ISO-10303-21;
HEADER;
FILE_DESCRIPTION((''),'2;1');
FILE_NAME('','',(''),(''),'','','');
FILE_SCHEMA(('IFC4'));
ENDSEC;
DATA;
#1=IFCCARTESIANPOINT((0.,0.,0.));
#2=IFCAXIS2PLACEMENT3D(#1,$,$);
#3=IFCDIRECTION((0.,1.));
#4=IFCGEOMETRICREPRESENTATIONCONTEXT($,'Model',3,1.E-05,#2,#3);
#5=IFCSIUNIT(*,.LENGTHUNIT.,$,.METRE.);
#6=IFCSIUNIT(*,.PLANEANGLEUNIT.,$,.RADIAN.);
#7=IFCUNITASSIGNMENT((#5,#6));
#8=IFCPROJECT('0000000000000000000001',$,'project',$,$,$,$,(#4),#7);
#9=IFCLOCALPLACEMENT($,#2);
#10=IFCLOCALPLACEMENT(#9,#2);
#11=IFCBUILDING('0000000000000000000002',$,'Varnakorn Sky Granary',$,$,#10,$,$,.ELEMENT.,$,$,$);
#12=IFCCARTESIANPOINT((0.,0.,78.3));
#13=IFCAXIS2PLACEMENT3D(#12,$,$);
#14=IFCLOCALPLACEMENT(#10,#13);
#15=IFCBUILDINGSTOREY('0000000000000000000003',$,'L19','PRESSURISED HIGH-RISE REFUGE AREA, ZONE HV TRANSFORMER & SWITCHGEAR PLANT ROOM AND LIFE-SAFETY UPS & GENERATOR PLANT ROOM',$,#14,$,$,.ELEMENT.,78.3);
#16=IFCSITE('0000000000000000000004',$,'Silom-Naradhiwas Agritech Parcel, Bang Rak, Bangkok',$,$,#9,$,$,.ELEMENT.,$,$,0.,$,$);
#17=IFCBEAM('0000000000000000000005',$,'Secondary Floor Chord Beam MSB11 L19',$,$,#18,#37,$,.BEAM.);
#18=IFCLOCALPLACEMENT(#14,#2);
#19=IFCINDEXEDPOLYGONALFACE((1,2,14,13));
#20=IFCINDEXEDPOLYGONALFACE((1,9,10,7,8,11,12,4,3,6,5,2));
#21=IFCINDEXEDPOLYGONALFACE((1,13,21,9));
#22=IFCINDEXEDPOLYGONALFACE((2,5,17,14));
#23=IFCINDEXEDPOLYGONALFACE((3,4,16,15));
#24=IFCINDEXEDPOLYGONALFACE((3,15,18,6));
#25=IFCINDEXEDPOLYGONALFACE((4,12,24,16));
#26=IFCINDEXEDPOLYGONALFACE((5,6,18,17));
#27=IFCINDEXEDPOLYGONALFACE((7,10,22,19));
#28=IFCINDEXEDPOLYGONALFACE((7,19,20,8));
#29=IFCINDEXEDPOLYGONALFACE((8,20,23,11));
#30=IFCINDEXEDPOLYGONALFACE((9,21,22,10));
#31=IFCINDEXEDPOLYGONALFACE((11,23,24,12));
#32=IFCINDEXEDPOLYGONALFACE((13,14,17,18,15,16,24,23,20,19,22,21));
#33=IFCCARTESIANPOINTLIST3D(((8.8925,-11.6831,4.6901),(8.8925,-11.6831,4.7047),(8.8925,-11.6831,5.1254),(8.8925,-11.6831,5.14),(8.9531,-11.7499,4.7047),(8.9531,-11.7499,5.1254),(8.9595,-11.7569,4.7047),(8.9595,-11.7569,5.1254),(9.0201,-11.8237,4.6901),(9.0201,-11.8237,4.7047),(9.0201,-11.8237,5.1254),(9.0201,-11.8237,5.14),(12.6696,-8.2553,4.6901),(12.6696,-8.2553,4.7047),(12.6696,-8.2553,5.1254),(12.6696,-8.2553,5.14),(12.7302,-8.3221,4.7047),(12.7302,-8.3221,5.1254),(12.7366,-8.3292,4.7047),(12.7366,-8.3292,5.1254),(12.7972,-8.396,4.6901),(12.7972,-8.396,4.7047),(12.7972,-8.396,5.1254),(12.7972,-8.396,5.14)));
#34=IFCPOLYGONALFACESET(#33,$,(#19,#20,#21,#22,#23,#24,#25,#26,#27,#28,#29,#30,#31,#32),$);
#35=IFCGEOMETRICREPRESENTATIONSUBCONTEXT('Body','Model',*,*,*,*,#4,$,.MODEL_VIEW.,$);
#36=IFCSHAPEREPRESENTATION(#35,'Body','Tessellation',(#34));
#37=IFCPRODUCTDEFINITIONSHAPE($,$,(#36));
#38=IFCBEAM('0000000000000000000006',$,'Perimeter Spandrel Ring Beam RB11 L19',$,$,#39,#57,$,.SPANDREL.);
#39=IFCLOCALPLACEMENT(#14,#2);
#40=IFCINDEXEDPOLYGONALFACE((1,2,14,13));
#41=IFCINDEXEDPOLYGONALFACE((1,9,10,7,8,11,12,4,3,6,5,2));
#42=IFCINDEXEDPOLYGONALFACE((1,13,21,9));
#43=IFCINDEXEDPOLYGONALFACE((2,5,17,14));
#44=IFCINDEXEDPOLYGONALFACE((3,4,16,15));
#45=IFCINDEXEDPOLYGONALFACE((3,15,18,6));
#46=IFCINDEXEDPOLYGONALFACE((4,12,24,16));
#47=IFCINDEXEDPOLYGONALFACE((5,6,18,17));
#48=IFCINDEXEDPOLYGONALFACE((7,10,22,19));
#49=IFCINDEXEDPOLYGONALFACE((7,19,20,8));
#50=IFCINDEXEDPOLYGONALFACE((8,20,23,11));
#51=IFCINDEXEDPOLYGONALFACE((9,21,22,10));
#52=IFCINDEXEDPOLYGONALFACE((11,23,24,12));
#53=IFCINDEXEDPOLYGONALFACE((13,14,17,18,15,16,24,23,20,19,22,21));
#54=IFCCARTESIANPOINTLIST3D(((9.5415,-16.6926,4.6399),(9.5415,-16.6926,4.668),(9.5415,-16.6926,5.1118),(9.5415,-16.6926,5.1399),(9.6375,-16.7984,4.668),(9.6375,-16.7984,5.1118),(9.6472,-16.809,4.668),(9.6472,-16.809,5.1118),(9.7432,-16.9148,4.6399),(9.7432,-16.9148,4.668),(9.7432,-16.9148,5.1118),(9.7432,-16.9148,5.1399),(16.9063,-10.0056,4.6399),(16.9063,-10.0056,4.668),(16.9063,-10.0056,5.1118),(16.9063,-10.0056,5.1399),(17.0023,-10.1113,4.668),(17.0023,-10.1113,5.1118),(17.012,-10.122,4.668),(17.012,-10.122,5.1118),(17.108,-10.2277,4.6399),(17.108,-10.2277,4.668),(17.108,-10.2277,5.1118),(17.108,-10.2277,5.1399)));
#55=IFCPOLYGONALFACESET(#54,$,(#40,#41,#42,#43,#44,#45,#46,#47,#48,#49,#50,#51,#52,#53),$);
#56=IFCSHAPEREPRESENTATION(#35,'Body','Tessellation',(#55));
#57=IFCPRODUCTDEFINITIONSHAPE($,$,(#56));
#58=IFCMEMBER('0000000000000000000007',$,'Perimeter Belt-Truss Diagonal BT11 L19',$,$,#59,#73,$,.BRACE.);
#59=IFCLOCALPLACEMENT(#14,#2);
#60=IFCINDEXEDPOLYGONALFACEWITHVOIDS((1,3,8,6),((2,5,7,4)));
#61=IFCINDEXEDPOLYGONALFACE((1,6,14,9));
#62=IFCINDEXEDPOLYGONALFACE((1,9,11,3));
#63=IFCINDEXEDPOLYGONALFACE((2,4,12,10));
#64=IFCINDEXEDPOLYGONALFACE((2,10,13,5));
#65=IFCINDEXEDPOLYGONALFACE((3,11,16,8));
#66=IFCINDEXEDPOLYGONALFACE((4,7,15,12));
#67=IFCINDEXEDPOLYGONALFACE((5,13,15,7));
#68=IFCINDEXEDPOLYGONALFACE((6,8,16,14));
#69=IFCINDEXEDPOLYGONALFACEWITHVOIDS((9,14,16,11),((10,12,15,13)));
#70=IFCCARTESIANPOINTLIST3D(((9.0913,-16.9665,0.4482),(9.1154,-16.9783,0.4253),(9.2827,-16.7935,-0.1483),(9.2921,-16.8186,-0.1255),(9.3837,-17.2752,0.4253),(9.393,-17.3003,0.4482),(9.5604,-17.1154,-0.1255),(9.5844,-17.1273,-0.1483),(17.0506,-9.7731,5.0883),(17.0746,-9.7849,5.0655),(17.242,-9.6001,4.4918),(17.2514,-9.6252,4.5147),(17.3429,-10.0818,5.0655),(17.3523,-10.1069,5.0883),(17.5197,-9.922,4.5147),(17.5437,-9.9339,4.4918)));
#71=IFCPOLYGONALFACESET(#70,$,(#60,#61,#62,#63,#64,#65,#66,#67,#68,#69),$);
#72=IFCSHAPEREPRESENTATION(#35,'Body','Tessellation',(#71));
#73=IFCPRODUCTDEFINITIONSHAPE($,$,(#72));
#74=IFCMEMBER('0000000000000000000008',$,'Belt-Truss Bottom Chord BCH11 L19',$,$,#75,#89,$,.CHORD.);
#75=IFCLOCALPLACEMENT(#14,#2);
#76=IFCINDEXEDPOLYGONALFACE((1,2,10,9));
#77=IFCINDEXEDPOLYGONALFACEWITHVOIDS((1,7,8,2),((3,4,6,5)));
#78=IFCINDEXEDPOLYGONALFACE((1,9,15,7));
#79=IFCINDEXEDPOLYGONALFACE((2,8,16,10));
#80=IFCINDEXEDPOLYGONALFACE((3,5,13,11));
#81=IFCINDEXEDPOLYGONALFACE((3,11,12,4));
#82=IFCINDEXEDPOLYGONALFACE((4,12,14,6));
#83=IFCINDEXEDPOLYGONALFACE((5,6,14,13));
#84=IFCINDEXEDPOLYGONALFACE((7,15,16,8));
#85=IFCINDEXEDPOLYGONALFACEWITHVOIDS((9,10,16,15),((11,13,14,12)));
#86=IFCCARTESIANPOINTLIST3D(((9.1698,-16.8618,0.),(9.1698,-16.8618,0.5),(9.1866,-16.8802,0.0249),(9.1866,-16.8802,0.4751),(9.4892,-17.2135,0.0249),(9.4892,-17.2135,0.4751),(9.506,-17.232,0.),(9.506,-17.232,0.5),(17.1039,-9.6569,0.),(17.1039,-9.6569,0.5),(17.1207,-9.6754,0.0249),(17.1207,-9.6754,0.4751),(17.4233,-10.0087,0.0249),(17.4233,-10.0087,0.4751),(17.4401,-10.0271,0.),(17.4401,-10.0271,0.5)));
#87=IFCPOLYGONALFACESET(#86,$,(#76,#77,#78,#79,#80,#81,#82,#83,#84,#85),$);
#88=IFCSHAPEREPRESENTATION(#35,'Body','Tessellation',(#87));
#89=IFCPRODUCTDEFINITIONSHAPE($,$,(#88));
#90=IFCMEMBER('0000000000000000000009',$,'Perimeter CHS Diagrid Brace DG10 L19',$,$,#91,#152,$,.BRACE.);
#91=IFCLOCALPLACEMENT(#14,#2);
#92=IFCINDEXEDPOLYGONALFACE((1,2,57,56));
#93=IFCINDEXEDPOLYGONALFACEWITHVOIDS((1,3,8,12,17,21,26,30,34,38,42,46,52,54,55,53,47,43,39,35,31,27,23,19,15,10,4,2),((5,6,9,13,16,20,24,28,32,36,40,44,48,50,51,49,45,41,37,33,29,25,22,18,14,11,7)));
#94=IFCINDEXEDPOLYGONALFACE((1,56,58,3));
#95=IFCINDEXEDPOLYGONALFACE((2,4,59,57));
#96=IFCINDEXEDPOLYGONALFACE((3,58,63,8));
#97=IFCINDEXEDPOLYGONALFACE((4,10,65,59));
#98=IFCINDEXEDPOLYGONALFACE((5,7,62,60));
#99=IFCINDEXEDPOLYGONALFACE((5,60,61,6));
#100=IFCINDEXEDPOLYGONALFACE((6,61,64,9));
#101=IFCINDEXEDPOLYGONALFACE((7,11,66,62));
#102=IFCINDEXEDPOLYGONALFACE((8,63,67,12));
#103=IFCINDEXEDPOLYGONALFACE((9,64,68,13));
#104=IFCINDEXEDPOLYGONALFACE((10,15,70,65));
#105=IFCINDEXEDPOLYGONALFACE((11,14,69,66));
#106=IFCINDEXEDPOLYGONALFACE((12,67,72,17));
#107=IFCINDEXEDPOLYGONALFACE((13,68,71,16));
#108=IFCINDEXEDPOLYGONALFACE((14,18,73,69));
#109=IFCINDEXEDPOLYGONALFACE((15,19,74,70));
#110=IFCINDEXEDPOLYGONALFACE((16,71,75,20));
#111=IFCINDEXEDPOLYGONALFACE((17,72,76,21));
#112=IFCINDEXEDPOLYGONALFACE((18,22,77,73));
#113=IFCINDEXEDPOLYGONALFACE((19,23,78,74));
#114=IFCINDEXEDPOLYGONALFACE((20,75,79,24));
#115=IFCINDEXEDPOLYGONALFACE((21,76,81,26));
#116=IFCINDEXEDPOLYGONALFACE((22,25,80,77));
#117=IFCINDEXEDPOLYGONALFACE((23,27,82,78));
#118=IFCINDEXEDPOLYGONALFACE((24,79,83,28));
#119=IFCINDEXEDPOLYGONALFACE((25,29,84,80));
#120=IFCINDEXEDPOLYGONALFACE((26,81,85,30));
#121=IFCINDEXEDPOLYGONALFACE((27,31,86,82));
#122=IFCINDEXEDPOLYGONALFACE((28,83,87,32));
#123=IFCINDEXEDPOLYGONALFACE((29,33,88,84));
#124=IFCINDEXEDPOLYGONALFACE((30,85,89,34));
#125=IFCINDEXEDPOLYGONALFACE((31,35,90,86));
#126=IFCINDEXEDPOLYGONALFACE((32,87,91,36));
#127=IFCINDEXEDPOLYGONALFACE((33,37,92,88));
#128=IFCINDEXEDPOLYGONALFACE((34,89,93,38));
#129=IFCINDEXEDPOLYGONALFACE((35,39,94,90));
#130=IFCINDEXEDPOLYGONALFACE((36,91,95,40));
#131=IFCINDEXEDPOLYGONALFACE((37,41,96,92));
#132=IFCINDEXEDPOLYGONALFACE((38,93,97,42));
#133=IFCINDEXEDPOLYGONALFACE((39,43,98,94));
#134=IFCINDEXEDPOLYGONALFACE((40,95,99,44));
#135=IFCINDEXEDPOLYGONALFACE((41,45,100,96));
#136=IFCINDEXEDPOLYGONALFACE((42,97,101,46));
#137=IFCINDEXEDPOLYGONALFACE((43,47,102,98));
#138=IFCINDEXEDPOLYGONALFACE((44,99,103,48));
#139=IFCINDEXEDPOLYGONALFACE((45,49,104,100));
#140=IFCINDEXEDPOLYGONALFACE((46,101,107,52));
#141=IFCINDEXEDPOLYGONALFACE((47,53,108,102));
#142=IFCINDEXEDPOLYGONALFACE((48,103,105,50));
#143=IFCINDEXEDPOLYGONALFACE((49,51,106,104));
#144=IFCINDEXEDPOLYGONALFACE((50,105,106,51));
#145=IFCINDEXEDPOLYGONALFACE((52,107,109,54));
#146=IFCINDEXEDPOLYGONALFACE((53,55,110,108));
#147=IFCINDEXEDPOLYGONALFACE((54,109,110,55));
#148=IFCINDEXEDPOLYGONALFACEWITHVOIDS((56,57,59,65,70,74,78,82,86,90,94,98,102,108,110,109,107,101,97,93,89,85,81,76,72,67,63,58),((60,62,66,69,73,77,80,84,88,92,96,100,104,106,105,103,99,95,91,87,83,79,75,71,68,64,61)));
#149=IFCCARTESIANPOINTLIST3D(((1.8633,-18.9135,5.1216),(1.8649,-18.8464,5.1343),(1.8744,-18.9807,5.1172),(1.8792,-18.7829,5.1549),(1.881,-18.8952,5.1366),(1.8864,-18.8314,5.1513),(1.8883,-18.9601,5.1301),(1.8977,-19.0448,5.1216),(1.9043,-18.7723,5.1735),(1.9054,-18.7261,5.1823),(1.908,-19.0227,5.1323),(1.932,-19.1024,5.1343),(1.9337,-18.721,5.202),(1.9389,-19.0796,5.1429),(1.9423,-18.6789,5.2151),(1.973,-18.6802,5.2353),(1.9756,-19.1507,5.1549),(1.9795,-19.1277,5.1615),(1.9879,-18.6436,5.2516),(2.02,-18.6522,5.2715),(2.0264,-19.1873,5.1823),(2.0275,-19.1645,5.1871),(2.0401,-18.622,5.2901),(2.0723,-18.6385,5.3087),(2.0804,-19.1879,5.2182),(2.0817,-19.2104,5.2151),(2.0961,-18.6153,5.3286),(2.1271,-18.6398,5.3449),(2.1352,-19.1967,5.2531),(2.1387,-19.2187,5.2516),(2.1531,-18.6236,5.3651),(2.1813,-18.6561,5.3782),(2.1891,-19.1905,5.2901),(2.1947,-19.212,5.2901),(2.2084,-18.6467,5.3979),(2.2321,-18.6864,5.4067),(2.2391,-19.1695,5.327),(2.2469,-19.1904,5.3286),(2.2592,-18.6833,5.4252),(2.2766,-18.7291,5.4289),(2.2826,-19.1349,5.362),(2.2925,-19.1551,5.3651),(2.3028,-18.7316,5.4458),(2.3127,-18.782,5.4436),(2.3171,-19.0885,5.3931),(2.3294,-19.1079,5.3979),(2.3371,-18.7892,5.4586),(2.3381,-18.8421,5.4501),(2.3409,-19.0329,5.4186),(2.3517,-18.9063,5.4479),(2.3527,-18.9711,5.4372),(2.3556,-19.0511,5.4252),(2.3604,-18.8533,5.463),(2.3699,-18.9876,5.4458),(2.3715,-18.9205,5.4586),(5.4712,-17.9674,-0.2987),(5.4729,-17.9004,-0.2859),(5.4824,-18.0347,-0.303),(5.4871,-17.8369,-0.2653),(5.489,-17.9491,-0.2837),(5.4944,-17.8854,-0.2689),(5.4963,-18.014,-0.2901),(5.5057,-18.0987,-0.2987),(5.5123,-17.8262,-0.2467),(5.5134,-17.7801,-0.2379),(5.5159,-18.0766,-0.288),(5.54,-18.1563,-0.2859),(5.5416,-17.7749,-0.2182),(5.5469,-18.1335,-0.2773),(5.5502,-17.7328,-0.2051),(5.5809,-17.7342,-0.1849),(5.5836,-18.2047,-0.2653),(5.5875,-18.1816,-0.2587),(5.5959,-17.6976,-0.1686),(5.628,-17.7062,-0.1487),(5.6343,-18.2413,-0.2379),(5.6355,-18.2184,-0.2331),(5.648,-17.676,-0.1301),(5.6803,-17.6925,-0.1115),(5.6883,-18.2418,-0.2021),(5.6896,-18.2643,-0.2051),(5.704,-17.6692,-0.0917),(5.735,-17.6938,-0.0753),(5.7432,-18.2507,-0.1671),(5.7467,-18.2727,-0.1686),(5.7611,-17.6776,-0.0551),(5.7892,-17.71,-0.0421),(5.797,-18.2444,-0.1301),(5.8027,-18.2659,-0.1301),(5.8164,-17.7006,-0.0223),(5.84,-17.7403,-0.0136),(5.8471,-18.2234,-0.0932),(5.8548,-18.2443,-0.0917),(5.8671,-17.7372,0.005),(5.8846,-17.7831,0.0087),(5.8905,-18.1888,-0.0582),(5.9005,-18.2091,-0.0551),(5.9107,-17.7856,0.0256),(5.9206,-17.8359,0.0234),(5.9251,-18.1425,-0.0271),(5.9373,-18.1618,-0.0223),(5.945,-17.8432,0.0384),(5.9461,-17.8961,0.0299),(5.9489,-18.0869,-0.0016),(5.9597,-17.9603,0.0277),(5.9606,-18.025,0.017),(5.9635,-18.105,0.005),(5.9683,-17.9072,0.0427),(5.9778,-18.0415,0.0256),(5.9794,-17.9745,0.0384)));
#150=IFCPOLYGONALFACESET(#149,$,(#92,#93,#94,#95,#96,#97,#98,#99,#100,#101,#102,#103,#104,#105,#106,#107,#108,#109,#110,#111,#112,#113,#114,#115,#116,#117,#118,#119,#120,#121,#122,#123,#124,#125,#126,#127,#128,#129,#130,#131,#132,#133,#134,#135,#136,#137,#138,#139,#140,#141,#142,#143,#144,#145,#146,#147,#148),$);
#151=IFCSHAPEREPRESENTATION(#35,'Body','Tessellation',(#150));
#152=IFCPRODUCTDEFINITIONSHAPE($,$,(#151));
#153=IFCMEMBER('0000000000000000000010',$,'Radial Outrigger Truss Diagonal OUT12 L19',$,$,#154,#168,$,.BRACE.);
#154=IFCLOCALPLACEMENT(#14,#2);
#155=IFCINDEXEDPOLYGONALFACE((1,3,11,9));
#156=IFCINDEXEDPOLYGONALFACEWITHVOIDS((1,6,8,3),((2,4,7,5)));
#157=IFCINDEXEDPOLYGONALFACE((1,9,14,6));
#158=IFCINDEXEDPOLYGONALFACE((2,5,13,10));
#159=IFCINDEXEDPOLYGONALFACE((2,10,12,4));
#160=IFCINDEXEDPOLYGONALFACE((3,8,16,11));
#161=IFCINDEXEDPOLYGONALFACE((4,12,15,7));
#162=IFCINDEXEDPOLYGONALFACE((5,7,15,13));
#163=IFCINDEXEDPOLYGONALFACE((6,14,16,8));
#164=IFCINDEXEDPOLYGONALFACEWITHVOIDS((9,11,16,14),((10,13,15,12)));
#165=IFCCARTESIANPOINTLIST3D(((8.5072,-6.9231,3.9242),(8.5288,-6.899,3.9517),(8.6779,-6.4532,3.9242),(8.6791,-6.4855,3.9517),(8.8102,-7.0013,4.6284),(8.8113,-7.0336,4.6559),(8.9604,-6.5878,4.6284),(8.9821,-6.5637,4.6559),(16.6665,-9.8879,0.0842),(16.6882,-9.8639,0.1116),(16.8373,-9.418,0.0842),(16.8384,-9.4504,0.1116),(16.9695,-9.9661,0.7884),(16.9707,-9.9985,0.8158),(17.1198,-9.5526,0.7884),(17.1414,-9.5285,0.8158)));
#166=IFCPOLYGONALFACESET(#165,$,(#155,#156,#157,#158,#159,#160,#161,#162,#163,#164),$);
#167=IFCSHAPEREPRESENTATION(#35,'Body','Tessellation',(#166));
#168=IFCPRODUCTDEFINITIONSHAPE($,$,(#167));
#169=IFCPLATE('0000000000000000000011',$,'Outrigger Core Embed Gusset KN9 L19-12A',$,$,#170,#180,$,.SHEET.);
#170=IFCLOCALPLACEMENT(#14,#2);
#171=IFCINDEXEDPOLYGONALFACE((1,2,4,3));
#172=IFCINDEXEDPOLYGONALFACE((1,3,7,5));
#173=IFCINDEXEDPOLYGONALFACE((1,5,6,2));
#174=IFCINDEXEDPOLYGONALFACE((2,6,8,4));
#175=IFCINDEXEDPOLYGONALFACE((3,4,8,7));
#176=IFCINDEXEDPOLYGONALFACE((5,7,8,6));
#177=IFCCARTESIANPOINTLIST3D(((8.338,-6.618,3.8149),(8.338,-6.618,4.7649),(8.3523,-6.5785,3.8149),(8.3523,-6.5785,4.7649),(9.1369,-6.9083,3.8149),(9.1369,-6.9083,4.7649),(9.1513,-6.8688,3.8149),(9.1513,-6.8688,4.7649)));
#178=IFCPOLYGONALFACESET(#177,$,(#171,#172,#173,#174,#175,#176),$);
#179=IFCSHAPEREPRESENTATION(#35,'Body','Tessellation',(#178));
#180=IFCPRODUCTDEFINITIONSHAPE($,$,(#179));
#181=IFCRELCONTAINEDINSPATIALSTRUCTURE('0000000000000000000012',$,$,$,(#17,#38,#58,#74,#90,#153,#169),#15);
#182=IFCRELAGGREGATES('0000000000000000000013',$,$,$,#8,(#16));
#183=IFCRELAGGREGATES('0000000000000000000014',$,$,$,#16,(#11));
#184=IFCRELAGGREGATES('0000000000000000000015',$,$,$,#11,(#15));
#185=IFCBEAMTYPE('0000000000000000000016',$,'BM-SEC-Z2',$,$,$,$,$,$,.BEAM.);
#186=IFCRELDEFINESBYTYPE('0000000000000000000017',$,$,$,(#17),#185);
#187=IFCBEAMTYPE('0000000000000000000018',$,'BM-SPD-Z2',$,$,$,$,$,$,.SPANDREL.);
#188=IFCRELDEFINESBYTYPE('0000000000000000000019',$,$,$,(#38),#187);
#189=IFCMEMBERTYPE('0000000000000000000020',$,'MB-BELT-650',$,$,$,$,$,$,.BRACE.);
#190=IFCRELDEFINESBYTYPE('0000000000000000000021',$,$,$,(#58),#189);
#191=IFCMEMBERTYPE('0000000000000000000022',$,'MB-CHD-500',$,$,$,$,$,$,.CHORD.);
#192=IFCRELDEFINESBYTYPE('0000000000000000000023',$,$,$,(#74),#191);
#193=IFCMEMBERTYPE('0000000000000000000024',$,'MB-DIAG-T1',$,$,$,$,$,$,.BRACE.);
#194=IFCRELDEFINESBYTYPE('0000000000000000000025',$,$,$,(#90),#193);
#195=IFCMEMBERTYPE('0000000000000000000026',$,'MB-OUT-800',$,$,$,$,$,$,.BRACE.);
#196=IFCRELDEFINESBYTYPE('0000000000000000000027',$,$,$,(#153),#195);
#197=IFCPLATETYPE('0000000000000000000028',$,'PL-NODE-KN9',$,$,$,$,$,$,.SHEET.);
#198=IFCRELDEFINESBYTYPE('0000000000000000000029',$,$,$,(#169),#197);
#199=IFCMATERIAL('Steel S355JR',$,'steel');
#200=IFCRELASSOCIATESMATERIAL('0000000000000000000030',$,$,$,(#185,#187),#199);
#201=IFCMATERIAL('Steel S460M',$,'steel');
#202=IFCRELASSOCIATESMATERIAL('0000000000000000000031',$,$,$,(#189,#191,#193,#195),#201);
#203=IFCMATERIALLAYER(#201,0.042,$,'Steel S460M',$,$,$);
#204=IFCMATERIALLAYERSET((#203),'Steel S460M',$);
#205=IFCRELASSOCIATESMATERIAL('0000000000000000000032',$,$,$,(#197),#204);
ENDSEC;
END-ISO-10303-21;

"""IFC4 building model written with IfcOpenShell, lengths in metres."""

from ifc_helpers import new_model, si_unit, direction, frame, origin, origin_2d, place, context, subcontext, project, spatial, rectangle, hollow_rectangle, hollow_circle, i_section, extrude, material, layer, layer_set, material_profile, profile_set, type_object, element, save


model = new_model("IFC4")

# Units and contexts
model_context = context("Model", 3, precision=1e-05, world=origin(), true_north=direction((0.0, 1.0)))
body_context = subcontext(model_context, "Body", "Model", "MODEL_VIEW")
ifc_project = project(units=[si_unit("LENGTHUNIT", "METRE"), si_unit("PLANEANGLEUNIT", "RADIAN")], contexts=[model_context])

# Site, building, storey
site_placement = place(None, origin())
site = spatial("IfcSite", under=ifc_project, at=site_placement, Name="Silom-Naradhiwas Agritech Parcel, Bang Rak, Bangkok", CompositionType="ELEMENT", RefElevation=0.0)
building_placement = place(site_placement, origin())
building = spatial("IfcBuilding", under=site, at=building_placement, Name="Varnakorn Sky Granary", CompositionType="ELEMENT")
storey_placement = place(building_placement, frame((0.0, 0.0, 78.3)))
storey = spatial("IfcBuildingStorey", under=building, at=storey_placement, Name="L19", Description="PRESSURISED HIGH-RISE REFUGE AREA, ZONE HV TRANSFORMER & SWITCHGEAR PLANT ROOM AND LIFE-SAFETY UPS & GENERATOR PLANT ROOM", CompositionType="ELEMENT", Elevation=78.3)

# Shared definitions
ifc_material_1 = material(Name="Steel S460M", Category="steel")

# Beams
ifc_material_2 = material(Name="Steel S355JR", Category="steel")
ifc_material_profile_1 = material_profile(ifc_material_2, i_section(OverallWidth=0.1899, OverallDepth=0.45, WebThickness=0.0095, FlangeThickness=0.0146, at=origin_2d()), Name="IPE 450")
ifc_profile_set_1 = profile_set([ifc_material_profile_1], Name="Steel S355JR")
beam_type_1 = type_object("IfcBeamType", Name="BM-SEC-Z2", PredefinedType="BEAM", material=ifc_profile_set_1)
beam_1_placement = place(storey_placement, frame((8.9563, -11.7534, 4.915), z_axis=(0.740525, 0.672029, 0.0), x_axis=(-0.672029, 0.740525, 0.0)))
element("IfcBeam", 1, at=beam_1_placement, inside=storey, type_object=beam_type_1, Name="Secondary Floor Chord Beam MSB11 L19", PredefinedType="BEAM", context=body_context, shape_type="SweptSolid", body=[
    extrude(i_section(OverallWidth=0.1899, OverallDepth=0.45, WebThickness=0.0095, FlangeThickness=0.0146, at=origin_2d()), origin(), (0.0, 0.0, 1.0), 5.1006),
])
ifc_material_profile_2 = material_profile(ifc_material_2, i_section(OverallWidth=0.3, OverallDepth=0.5, WebThickness=0.0144, FlangeThickness=0.0281, at=origin_2d()), Name="HE 500 B")
ifc_profile_set_2 = profile_set([ifc_material_profile_2], Name="Steel S355JR")
beam_type_2 = type_object("IfcBeamType", Name="BM-SPD-Z2", PredefinedType="SPANDREL", material=ifc_profile_set_2)
beam_2_placement = place(storey_placement, frame((9.6423, -16.8037, 4.8899), z_axis=(0.740351, 0.672221, 0.0), x_axis=(-0.672221, 0.740351, 0.0)))
element("IfcBeam", 2, at=beam_2_placement, inside=storey, type_object=beam_type_2, Name="Perimeter Spandrel Ring Beam RB11 L19", PredefinedType="SPANDREL", context=body_context, shape_type="SweptSolid", body=[
    extrude(i_section(OverallWidth=0.3, OverallDepth=0.5, WebThickness=0.0144, FlangeThickness=0.0281, at=origin_2d()), origin(), (0.0, 0.0, 1.0), 9.9478),
])

# Members
ifc_material_profile_3 = material_profile(ifc_material_1, hollow_rectangle(XDim=0.45, YDim=0.6499, WallThickness=0.0249, at=origin_2d()), Name="RHS 450x650x25")
ifc_profile_set_3 = profile_set([ifc_material_profile_3], Name="Steel S460M")
member_type_1 = type_object("IfcMemberType", Name="MB-BELT-650", PredefinedType="BRACE", material=ifc_profile_set_3)
member_1_placement = place(storey_placement, frame((9.3379, -17.0469, 0.1499), z_axis=(0.680936, 0.615414, 0.396978), x_axis=(-0.670511, 0.7419, 0.0)))
element("IfcMember", 3, at=member_1_placement, inside=storey, type_object=member_type_1, Name="Perimeter Belt-Truss Diagonal BT11 L19", PredefinedType="BRACE", context=body_context, shape_type="SweptSolid", body=[
    extrude(hollow_rectangle(XDim=0.45, YDim=0.6499, WallThickness=0.0249, at=origin_2d()), origin(), (0.0, 0.0, 1.0), 11.6887),
])
ifc_material_profile_4 = material_profile(ifc_material_1, hollow_rectangle(XDim=0.5, YDim=0.5, WallThickness=0.0249, at=origin_2d()), Name="SHS 500x500x25")
ifc_profile_set_4 = profile_set([ifc_material_profile_4], Name="Steel S460M")
member_type_2 = type_object("IfcMemberType", Name="MB-CHD-500", PredefinedType="CHORD", material=ifc_profile_set_4)
member_2_placement = place(storey_placement, frame((9.3379, -17.0469, 0.25), z_axis=(0.74031, 0.672266, 0.0), x_axis=(-0.672266, 0.74031, 0.0)))
element("IfcMember", 4, at=member_2_placement, inside=storey, type_object=member_type_2, Name="Belt-Truss Bottom Chord BCH11 L19", PredefinedType="CHORD", context=body_context, shape_type="SweptSolid", body=[
    extrude(hollow_rectangle(XDim=0.5, YDim=0.5, WallThickness=0.0249, at=origin_2d()), origin(), (0.0, 0.0, 1.0), 10.7173),
])
ifc_material_profile_5 = material_profile(ifc_material_1, hollow_circle(Radius=0.3049, WallThickness=0.0222, at=origin_2d()), Name="CHS 610x22")
ifc_profile_set_5 = profile_set([ifc_material_profile_5], Name="Steel S460M")
member_type_3 = type_object("IfcMemberType", Name="MB-DIAG-T1", PredefinedType="BRACE", material=ifc_profile_set_5)
member_3_placement = place(storey_placement, frame((5.7253, -17.9709, -0.1301), z_axis=(-0.548354, -0.143786, 0.823792), x_axis=(0.253639, -0.967299, 0.0)))
element("IfcMember", 5, at=member_3_placement, inside=storey, type_object=member_type_3, Name="Perimeter CHS Diagrid Brace DG10 L19", PredefinedType="BRACE", context=body_context, shape_type="SweptSolid", body=[
    extrude(hollow_circle(Radius=0.3049, WallThickness=0.0222, at=origin_2d()), origin(), (0.0, 0.0, 1.0), 6.5796),
])
ifc_material_profile_6 = material_profile(ifc_material_1, hollow_rectangle(XDim=0.5, YDim=0.8, WallThickness=0.03, at=origin_2d()), Name="RHS 500x800x30")
ifc_profile_set_6 = profile_set([ifc_material_profile_6], Name="Steel S460M")
member_type_4 = type_object("IfcMemberType", Name="MB-OUT-800", PredefinedType="BRACE", material=ifc_profile_set_6)
member_4_placement = place(storey_placement, frame((8.7446, -6.7434, 4.29), z_axis=(0.85954, -0.312326, -0.404527), x_axis=(0.341517, 0.939876, 0.0)))
element("IfcMember", 6, at=member_4_placement, inside=storey, type_object=member_type_4, Name="Radial Outrigger Truss Diagonal OUT12 L19", PredefinedType="BRACE", context=body_context, shape_type="SweptSolid", body=[
    extrude(hollow_rectangle(XDim=0.5, YDim=0.8, WallThickness=0.03, at=origin_2d()), origin(), (0.0, 0.0, 1.0), 9.4927),
])

# Plate
ifc_layer_1 = layer(ifc_material_1, 0.042, Name="Steel S460M")
ifc_layer_set_1 = layer_set([ifc_layer_1], Name="Steel S460M")
plate_type = type_object("IfcPlateType", Name="PL-NODE-KN9", PredefinedType="SHEET", material=ifc_layer_set_1)
plate_placement = place(storey_placement, frame((8.7446, -6.7434, 3.8149), z_axis=(0.0, 0.0, 1.0), x_axis=(0.939872, -0.341528, 0.0)))
element("IfcPlate", 7, at=plate_placement, inside=storey, type_object=plate_type, Name="Outrigger Core Embed Gusset KN9 L19-12A", PredefinedType="SHEET", context=body_context, shape_type="SweptSolid", body=[
    extrude(rectangle(XDim=0.8501, YDim=0.042, at=origin_2d()), origin(), (0.0, 0.0, 1.0), 0.95),
])

save(model, "model.ifc")
